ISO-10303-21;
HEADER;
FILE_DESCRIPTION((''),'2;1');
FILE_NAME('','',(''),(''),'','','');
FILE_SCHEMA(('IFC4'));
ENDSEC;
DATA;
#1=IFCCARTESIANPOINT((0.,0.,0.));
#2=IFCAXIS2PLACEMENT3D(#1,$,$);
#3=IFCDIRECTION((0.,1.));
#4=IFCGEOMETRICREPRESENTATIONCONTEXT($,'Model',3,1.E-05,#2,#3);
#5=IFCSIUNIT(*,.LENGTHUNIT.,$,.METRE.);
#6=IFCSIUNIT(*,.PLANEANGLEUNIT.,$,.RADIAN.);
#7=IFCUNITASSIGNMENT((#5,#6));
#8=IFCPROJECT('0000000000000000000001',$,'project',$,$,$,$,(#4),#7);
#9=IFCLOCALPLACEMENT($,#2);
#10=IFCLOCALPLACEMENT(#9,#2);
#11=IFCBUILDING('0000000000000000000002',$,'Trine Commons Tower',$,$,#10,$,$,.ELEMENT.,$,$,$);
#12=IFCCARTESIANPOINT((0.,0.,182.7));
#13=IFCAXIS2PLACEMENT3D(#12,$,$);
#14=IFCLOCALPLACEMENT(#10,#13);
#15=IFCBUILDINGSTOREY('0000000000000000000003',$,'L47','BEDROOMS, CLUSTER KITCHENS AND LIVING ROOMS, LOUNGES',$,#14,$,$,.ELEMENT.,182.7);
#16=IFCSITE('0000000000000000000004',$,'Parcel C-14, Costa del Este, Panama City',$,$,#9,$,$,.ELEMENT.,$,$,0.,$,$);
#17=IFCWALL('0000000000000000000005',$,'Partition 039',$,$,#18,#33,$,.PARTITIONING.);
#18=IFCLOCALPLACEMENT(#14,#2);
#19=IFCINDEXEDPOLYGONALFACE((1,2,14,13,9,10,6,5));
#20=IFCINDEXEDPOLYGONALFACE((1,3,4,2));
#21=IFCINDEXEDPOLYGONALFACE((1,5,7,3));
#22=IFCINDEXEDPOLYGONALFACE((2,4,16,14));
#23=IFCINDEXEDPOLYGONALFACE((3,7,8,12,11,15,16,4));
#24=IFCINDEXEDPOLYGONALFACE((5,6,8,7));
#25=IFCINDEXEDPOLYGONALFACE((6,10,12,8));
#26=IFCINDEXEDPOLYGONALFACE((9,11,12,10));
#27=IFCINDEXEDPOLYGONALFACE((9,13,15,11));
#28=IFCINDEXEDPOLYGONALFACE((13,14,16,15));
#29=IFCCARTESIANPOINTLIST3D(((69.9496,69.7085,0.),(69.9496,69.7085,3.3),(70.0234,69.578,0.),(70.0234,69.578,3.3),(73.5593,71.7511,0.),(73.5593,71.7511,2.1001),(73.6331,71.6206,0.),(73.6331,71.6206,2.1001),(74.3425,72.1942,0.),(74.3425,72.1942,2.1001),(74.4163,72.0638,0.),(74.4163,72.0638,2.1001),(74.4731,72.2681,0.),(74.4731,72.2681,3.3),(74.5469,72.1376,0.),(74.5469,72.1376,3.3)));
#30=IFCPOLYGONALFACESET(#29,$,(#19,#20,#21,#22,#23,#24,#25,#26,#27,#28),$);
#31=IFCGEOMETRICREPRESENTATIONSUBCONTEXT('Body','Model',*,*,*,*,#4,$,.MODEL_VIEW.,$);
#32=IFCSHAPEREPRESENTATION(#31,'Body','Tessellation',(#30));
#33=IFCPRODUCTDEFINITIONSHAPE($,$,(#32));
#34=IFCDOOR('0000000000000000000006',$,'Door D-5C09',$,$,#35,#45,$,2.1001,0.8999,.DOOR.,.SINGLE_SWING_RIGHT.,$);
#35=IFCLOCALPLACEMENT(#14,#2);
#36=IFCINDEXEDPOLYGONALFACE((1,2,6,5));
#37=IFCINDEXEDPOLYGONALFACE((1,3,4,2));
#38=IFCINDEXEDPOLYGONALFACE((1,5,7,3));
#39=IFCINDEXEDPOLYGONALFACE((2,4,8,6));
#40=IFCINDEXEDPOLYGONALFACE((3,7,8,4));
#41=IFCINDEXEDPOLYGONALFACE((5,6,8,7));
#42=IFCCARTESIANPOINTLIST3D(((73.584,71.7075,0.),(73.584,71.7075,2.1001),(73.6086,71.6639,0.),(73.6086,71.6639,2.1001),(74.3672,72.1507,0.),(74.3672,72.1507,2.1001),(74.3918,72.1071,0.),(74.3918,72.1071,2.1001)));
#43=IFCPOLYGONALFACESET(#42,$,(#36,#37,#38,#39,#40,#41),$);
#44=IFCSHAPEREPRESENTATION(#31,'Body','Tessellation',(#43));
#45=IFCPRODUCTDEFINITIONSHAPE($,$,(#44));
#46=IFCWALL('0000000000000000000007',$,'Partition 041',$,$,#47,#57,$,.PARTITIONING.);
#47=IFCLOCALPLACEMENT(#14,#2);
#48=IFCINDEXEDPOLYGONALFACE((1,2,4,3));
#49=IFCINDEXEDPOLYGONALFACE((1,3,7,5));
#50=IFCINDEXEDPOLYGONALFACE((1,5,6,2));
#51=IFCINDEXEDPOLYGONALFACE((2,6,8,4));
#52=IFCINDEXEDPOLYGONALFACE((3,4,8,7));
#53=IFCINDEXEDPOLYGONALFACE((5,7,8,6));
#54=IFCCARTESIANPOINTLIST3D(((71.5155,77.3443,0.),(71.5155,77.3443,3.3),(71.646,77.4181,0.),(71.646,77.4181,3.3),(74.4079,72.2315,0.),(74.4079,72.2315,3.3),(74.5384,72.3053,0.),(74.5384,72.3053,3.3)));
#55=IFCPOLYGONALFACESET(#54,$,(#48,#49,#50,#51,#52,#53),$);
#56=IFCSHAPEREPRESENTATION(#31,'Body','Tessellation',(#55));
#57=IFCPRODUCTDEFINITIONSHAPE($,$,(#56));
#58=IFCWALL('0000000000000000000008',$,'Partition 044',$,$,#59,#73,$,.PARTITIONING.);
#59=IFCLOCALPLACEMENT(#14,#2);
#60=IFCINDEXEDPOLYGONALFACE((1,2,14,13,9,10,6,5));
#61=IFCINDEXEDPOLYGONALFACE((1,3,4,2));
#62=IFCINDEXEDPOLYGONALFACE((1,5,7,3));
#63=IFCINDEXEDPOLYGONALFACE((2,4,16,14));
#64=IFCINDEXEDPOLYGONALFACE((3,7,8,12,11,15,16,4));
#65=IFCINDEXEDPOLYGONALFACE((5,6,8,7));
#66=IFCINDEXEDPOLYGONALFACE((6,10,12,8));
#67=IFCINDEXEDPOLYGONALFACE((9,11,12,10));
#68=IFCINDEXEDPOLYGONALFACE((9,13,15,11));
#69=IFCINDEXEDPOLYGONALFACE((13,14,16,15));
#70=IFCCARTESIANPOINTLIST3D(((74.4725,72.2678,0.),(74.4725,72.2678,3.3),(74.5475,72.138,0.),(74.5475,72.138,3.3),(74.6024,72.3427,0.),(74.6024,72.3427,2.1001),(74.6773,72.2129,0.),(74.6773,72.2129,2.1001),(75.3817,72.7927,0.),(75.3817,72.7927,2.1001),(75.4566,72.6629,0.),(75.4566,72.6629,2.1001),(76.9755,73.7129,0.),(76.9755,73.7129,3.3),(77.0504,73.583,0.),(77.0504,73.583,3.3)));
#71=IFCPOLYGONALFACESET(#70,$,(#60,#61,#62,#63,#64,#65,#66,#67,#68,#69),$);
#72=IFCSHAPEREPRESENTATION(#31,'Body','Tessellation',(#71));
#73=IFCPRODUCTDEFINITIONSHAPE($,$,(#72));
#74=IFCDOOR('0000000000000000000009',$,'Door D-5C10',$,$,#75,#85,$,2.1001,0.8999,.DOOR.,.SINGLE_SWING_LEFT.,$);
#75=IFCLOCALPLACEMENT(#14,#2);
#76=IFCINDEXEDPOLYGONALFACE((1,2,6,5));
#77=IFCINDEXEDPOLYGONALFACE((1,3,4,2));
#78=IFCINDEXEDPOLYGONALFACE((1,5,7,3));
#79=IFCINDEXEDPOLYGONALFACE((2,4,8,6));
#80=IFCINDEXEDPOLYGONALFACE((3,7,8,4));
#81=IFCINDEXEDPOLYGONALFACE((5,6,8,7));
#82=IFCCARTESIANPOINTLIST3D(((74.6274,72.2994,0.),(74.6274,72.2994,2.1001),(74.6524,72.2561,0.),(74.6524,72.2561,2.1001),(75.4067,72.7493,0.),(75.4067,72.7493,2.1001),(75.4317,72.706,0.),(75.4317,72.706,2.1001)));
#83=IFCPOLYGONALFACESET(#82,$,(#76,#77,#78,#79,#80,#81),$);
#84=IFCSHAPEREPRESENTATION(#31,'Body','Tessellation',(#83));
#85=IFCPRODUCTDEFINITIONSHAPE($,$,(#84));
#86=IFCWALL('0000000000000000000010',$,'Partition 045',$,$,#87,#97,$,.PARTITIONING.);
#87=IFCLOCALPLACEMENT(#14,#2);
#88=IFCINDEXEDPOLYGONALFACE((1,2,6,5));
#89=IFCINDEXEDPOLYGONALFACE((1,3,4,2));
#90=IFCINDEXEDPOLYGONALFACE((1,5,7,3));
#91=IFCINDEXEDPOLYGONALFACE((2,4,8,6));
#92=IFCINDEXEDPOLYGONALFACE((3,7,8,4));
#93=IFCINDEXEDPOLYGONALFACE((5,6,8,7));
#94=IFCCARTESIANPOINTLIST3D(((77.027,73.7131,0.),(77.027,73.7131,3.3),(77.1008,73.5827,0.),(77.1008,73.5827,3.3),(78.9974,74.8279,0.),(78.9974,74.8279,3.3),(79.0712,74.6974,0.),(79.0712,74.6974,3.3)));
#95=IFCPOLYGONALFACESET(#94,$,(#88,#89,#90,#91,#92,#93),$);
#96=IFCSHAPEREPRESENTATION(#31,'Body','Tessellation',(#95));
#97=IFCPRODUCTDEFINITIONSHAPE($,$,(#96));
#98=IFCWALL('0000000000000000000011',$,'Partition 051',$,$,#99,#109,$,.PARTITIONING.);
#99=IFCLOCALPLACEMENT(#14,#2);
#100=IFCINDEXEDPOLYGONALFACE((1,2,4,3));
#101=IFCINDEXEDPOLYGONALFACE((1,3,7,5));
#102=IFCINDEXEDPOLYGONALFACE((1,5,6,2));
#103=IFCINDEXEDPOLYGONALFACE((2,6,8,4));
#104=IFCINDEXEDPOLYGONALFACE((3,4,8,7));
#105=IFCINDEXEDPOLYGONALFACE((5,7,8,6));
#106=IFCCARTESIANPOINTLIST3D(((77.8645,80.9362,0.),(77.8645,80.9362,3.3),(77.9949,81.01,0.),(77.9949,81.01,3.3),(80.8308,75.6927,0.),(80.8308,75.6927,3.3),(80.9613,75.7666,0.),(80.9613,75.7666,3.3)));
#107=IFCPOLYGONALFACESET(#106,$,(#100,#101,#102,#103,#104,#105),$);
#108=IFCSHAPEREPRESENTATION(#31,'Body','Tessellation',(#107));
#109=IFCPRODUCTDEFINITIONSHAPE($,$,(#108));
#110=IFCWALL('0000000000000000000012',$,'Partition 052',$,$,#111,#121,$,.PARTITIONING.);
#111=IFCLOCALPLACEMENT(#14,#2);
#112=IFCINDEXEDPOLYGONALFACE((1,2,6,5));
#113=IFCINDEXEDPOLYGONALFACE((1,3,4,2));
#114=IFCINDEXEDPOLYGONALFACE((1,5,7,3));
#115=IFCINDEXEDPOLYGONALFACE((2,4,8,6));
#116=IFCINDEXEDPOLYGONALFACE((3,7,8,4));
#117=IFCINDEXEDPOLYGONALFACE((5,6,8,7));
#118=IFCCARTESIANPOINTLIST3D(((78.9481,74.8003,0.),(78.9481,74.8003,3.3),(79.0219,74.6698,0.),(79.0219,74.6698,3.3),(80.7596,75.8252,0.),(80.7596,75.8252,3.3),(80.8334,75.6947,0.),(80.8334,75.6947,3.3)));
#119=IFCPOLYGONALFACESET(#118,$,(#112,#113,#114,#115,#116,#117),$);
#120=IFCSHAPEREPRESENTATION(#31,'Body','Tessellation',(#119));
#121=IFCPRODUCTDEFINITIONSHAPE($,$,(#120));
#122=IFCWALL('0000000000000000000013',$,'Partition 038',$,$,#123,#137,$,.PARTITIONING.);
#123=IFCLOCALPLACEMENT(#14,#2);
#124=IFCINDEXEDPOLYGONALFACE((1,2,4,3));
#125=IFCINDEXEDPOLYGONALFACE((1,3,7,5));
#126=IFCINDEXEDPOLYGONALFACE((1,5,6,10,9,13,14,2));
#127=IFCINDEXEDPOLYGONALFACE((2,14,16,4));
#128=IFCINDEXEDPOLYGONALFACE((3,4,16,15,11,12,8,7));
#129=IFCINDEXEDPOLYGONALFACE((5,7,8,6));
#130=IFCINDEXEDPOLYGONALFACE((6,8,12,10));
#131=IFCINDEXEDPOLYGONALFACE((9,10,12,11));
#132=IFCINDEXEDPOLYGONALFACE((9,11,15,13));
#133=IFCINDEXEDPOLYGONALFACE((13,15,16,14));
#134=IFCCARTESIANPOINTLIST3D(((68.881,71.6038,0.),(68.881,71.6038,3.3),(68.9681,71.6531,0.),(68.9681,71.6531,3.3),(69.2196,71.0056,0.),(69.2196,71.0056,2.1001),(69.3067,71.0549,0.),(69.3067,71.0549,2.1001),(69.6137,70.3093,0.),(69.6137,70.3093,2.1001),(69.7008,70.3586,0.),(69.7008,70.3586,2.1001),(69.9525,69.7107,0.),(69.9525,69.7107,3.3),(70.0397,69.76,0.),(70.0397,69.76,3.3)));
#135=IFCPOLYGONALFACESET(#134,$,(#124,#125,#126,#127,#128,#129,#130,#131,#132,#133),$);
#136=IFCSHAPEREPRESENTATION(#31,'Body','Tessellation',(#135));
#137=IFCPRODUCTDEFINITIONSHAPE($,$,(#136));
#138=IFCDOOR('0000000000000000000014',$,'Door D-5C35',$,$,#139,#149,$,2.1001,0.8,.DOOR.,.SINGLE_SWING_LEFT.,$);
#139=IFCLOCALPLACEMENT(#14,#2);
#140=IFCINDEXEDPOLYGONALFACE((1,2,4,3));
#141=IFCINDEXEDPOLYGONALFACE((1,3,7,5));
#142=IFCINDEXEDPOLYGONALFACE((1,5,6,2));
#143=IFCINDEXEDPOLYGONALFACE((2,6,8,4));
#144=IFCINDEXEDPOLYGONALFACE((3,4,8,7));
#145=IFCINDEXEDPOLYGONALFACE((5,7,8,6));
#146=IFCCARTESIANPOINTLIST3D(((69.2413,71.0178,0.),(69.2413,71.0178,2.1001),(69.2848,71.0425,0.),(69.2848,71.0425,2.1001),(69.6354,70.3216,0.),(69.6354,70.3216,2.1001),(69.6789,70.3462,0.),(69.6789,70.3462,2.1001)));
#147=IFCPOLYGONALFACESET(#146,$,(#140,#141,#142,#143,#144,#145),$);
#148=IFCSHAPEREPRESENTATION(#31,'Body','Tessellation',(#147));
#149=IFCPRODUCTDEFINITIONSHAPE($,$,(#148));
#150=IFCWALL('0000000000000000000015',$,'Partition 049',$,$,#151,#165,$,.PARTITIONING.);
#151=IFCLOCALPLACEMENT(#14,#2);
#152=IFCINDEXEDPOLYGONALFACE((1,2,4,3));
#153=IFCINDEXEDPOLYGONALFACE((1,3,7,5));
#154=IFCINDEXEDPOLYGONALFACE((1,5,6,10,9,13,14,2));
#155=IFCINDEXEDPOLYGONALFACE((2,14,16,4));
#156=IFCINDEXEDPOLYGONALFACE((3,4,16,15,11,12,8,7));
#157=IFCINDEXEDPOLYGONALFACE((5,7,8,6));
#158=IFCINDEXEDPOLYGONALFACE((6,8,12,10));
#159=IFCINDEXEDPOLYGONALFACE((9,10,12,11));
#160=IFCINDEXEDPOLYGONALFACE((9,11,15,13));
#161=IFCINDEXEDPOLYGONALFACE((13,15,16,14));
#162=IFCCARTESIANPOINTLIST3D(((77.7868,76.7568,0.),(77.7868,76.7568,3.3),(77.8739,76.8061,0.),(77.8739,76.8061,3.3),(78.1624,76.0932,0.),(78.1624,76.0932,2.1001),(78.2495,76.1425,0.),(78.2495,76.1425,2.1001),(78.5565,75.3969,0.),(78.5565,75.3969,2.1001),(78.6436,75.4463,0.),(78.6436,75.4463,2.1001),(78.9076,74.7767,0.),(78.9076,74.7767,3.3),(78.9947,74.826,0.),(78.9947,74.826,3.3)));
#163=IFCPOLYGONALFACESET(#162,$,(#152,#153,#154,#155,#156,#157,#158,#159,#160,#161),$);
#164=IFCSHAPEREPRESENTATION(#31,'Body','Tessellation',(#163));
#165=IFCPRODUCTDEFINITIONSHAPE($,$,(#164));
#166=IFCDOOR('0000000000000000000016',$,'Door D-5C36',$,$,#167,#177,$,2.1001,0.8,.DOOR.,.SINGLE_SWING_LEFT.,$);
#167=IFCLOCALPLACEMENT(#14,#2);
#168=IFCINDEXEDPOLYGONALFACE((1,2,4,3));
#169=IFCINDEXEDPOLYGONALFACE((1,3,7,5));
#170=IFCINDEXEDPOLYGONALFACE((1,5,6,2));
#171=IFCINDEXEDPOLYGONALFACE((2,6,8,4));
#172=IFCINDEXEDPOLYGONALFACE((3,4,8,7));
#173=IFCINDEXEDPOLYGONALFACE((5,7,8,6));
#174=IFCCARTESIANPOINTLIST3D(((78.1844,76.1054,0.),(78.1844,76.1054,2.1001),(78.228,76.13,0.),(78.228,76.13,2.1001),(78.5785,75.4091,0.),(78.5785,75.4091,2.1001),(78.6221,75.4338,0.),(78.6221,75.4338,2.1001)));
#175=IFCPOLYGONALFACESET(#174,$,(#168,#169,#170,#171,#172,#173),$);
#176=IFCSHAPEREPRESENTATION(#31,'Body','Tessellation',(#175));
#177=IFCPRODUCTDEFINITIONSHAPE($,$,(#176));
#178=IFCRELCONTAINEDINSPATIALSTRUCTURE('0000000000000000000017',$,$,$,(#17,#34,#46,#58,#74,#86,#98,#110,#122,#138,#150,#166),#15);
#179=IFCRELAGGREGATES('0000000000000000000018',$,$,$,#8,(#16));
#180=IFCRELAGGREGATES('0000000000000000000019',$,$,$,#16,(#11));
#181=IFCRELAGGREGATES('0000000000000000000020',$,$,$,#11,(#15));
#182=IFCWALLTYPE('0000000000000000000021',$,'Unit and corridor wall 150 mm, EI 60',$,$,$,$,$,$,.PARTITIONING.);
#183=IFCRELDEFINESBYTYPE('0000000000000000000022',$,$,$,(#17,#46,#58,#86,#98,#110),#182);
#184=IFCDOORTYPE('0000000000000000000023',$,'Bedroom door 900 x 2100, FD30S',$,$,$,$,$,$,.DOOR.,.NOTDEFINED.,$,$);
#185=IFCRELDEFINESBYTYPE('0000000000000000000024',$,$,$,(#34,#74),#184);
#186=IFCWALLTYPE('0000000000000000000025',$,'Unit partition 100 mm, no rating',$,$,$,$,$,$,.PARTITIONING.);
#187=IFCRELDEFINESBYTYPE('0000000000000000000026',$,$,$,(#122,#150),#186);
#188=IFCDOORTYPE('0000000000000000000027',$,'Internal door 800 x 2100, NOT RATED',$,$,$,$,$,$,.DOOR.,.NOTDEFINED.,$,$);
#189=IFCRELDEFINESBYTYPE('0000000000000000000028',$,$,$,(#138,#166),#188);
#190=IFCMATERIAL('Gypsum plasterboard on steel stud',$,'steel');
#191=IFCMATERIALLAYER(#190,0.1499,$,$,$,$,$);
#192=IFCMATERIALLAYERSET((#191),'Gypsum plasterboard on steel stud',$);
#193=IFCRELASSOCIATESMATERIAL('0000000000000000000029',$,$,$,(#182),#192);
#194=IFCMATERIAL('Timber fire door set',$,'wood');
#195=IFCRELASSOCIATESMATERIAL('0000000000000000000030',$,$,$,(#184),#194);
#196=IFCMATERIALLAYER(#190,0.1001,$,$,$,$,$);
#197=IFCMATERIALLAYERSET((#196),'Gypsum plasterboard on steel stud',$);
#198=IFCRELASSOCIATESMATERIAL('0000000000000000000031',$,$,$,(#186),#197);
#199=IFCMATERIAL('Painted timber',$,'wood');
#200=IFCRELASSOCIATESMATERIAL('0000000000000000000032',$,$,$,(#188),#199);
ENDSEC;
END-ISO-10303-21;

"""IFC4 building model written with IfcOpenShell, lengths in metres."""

from ifc_helpers import new_model, si_unit, direction, frame, frame_2d, origin, place, context, subcontext, project, spatial, rectangle, extrude, material, layer, layer_set, type_object, element, fill, save


model = new_model("IFC4")

# Units and contexts
model_context = context("Model", 3, precision=1e-05, world=origin(), true_north=direction((0.0, 1.0)))
body_context = subcontext(model_context, "Body", "Model", "MODEL_VIEW")
ifc_project = project(units=[si_unit("LENGTHUNIT", "METRE"), si_unit("PLANEANGLEUNIT", "RADIAN")], contexts=[model_context])

# Site, building, storey
site_placement = place(None, origin())
site = spatial("IfcSite", under=ifc_project, at=site_placement, Name="Parcel C-14, Costa del Este, Panama City", CompositionType="ELEMENT", RefElevation=0.0)
building_placement = place(site_placement, origin())
building = spatial("IfcBuilding", under=site, at=building_placement, Name="Trine Commons Tower", CompositionType="ELEMENT")
storey_placement = place(building_placement, frame((0.0, 0.0, 182.7)))
storey = spatial("IfcBuildingStorey", under=building, at=storey_placement, Name="L47", Description="BEDROOMS, CLUSTER KITCHENS AND LIVING ROOMS, LOUNGES", CompositionType="ELEMENT", Elevation=182.7)

# Wall, opening, door
ifc_material_1 = material(Name="Gypsum plasterboard on steel stud", Category="steel")
ifc_layer_1 = layer(ifc_material_1, 0.1499)
ifc_layer_set_1 = layer_set([ifc_layer_1], Name="Gypsum plasterboard on steel stud")
wall_type_1 = type_object("IfcWallType", Name="Unit and corridor wall 150 mm, EI 60", PredefinedType="PARTITIONING", material=ifc_layer_set_1)
wall_1_placement = place(storey_placement, frame((69.9866, 69.6433, 0.0), z_axis=(0.0, 0.0, 1.0), x_axis=(0.870328, 0.492472, 0.0)))
wall_1 = element("IfcWall", 1, at=wall_1_placement, inside=storey, type_object=wall_type_1, Name="Partition 039", PredefinedType="PARTITIONING", context=body_context, shape_type="SweptSolid", body=[
    extrude(rectangle(XDim=5.1975, YDim=0.1499, at=frame_2d((2.5986, 0.0))), origin(), (0.0, 0.0, 1.0), 3.3),
])
opening_1_placement = place(wall_1_placement, frame((4.1475, 0.0, 0.0)))
opening_1 = element("IfcOpeningElement", 2, at=opening_1_placement, cuts=wall_1, PredefinedType="OPENING", context=body_context, shape_type="SweptSolid", body=[
    extrude(rectangle(XDim=0.8999, YDim=2.1001, at=frame_2d((0.45, 1.05))), frame((0.0, 0.085, 0.0), z_axis=(0.0, -1.0, 0.0), x_axis=(1.0, 0.0, 0.0)), (0.0, 0.0, 1.0), 0.1699),
])
ifc_material_2 = material(Name="Timber fire door set", Category="wood")
door_type_1 = type_object("IfcDoorType", Name="Bedroom door 900 x 2100, FD30S", OperationType="NOTDEFINED", PredefinedType="DOOR", material=ifc_material_2)
door_1_placement = place(opening_1_placement, origin())
door_1 = element("IfcDoor", 3, at=door_1_placement, inside=storey, type_object=door_type_1, Name="Door D-5C09", OperationType="SINGLE_SWING_RIGHT", OverallHeight=2.1001, OverallWidth=0.8999, PredefinedType="DOOR", context=body_context, shape_type="SweptSolid", body=[
    extrude(rectangle(XDim=0.8999, YDim=2.1001, at=frame_2d((0.45, 1.05))), frame((0.0, 0.0249, 0.0), z_axis=(0.0, -1.0, 0.0), x_axis=(1.0, 0.0, 0.0)), (0.0, 0.0, 1.0), 0.05),
])
fill(opening_1, door_1)

# Wall
wall_2_placement = place(storey_placement, frame((71.5808, 77.3811, 0.0), z_axis=(0.0, 0.0, 1.0), x_axis=(0.492379, -0.870381, 0.0)))
element("IfcWall", 4, at=wall_2_placement, inside=storey, type_object=wall_type_1, Name="Partition 041", PredefinedType="PARTITIONING", context=body_context, shape_type="SweptSolid", body=[
    extrude(rectangle(XDim=5.8743, YDim=0.1499, at=frame_2d((2.937, 0.0))), origin(), (0.0, 0.0, 1.0), 3.3),
])

# Wall, opening, door
wall_3_placement = place(storey_placement, frame((74.51, 72.2029, 0.0), z_axis=(0.0, 0.0, 1.0), x_axis=(0.866025, 0.5, 0.0)))
wall_3 = element("IfcWall", 5, at=wall_3_placement, inside=storey, type_object=wall_type_1, Name="Partition 044", PredefinedType="PARTITIONING", context=body_context, shape_type="SweptSolid", body=[
    extrude(rectangle(XDim=2.8901, YDim=0.1499, at=frame_2d((1.4451, 0.0))), origin(), (0.0, 0.0, 1.0), 3.3),
])
opening_2_placement = place(wall_3_placement, frame((0.1499, 0.0, 0.0)))
opening_2 = element("IfcOpeningElement", 6, at=opening_2_placement, cuts=wall_3, PredefinedType="OPENING", context=body_context, shape_type="SweptSolid", body=[
    extrude(rectangle(XDim=0.8999, YDim=2.1001, at=frame_2d((0.45, 1.05))), frame((0.0, 0.085, 0.0), z_axis=(0.0, -1.0, 0.0), x_axis=(1.0, 0.0, 0.0)), (0.0, 0.0, 1.0), 0.1699),
])
door_2_placement = place(opening_2_placement, origin())
door_2 = element("IfcDoor", 7, at=door_2_placement, inside=storey, type_object=door_type_1, Name="Door D-5C10", OperationType="SINGLE_SWING_LEFT", OverallHeight=2.1001, OverallWidth=0.8999, PredefinedType="DOOR", context=body_context, shape_type="SweptSolid", body=[
    extrude(rectangle(XDim=0.8999, YDim=2.1001, at=frame_2d((0.45, 1.05))), frame((0.0, 0.0249, 0.0), z_axis=(0.0, -1.0, 0.0), x_axis=(1.0, 0.0, 0.0)), (0.0, 0.0, 1.0), 0.05),
])
fill(opening_2, door_2)

# Walls
wall_4_placement = place(storey_placement, frame((77.064, 73.6479, 0.0), z_axis=(0.0, 0.0, 1.0), x_axis=(0.870372, 0.492395, 0.0)))
element("IfcWall", 8, at=wall_4_placement, inside=storey, type_object=wall_type_1, Name="Partition 045", PredefinedType="PARTITIONING", context=body_context, shape_type="SweptSolid", body=[
    extrude(rectangle(XDim=2.2639, YDim=0.1499, at=frame_2d((1.1318, 0.0))), origin(), (0.0, 0.0, 1.0), 3.3),
])
wall_5_placement = place(storey_placement, frame((77.9297, 80.9731, 0.0), z_axis=(0.0, 0.0, 1.0), x_axis=(0.49239, -0.870375, 0.0)))
element("IfcWall", 9, at=wall_5_placement, inside=storey, type_object=wall_type_1, Name="Partition 051", PredefinedType="PARTITIONING", context=body_context, shape_type="SweptSolid", body=[
    extrude(rectangle(XDim=6.0244, YDim=0.1499, at=frame_2d((3.0122, 0.0))), origin(), (0.0, 0.0, 1.0), 3.3),
])
wall_6_placement = place(storey_placement, frame((78.9851, 74.7351, 0.0), z_axis=(0.0, 0.0, 1.0), x_axis=(0.870357, 0.492421, 0.0)))
element("IfcWall", 10, at=wall_6_placement, inside=storey, type_object=wall_type_1, Name="Partition 052", PredefinedType="PARTITIONING", context=body_context, shape_type="SweptSolid", body=[
    extrude(rectangle(XDim=2.0813, YDim=0.1499, at=frame_2d((1.0405, 0.0))), origin(), (0.0, 0.0, 1.0), 3.3),
])

# Walls, openings, doors
ifc_layer_2 = layer(ifc_material_1, 0.1001)
ifc_layer_set_2 = layer_set([ifc_layer_2], Name="Gypsum plasterboard on steel stud")
wall_type_2 = type_object("IfcWallType", Name="Unit partition 100 mm, no rating", PredefinedType="PARTITIONING", material=ifc_layer_set_2)
wall_7_placement = place(storey_placement, frame((68.9246, 71.6284, 0.0), z_axis=(0.0, 0.0, 1.0), x_axis=(0.492593, -0.87026, 0.0)))
wall_7 = element("IfcWall", 11, at=wall_7_placement, inside=storey, type_object=wall_type_2, Name="Partition 038", PredefinedType="PARTITIONING", context=body_context, shape_type="SweptSolid", body=[
    extrude(rectangle(XDim=2.1753, YDim=0.1001, at=frame_2d((1.0876, 0.0))), origin(), (0.0, 0.0, 1.0), 3.3),
])
opening_3_placement = place(wall_7_placement, frame((0.6875, 0.0, 0.0)))
opening_3 = element("IfcOpeningElement", 12, at=opening_3_placement, cuts=wall_7, PredefinedType="OPENING", context=body_context, shape_type="SweptSolid", body=[
    extrude(rectangle(XDim=0.8, YDim=2.1001, at=frame_2d((0.3999, 1.05))), frame((0.0, 0.0601, 0.0), z_axis=(0.0, -1.0, 0.0), x_axis=(1.0, 0.0, 0.0)), (0.0, 0.0, 1.0), 0.1201),
])
ifc_material_3 = material(Name="Painted timber", Category="wood")
door_type_2 = type_object("IfcDoorType", Name="Internal door 800 x 2100, NOT RATED", OperationType="NOTDEFINED", PredefinedType="DOOR", material=ifc_material_3)
door_3_placement = place(opening_3_placement, origin())
door_3 = element("IfcDoor", 13, at=door_3_placement, inside=storey, type_object=door_type_2, Name="Door D-5C35", OperationType="SINGLE_SWING_LEFT", OverallHeight=2.1001, OverallWidth=0.8, PredefinedType="DOOR", context=body_context, shape_type="SweptSolid", body=[
    extrude(rectangle(XDim=0.8, YDim=2.1001, at=frame_2d((0.3999, 1.05))), frame((0.0, 0.0249, 0.0), z_axis=(0.0, -1.0, 0.0), x_axis=(1.0, 0.0, 0.0)), (0.0, 0.0, 1.0), 0.05),
])
fill(opening_3, door_3)
wall_8_placement = place(storey_placement, frame((77.8303, 76.7815, 0.0), z_axis=(0.0, 0.0, 1.0), x_axis=(0.492587, -0.870263, 0.0)))
wall_8 = element("IfcWall", 14, at=wall_8_placement, inside=storey, type_object=wall_type_2, Name="Partition 049", PredefinedType="PARTITIONING", context=body_context, shape_type="SweptSolid", body=[
    extrude(rectangle(XDim=2.2754, YDim=0.1001, at=frame_2d((1.1377, 0.0))), origin(), (0.0, 0.0, 1.0), 3.3),
])
opening_4_placement = place(wall_8_placement, frame((0.7627, 0.0, 0.0)))
opening_4 = element("IfcOpeningElement", 15, at=opening_4_placement, cuts=wall_8, PredefinedType="OPENING", context=body_context, shape_type="SweptSolid", body=[
    extrude(rectangle(XDim=0.8, YDim=2.1001, at=frame_2d((0.3999, 1.05))), frame((0.0, 0.0601, 0.0), z_axis=(0.0, -1.0, 0.0), x_axis=(1.0, 0.0, 0.0)), (0.0, 0.0, 1.0), 0.1201),
])
door_4_placement = place(opening_4_placement, frame((0.8, 0.0, 0.0), z_axis=(0.0, 0.0, 1.0), x_axis=(-1.0, 0.0, 0.0)))
door_4 = element("IfcDoor", 16, at=door_4_placement, inside=storey, type_object=door_type_2, Name="Door D-5C36", OperationType="SINGLE_SWING_LEFT", OverallHeight=2.1001, OverallWidth=0.8, PredefinedType="DOOR", context=body_context, shape_type="SweptSolid", body=[
    extrude(rectangle(XDim=0.8, YDim=2.1001, at=frame_2d((0.3999, 1.05))), frame((0.0, 0.0249, 0.0), z_axis=(0.0, -1.0, 0.0), x_axis=(1.0, 0.0, 0.0)), (0.0, 0.0, 1.0), 0.05),
])
fill(opening_4, door_4)

save(model, "model.ifc")
